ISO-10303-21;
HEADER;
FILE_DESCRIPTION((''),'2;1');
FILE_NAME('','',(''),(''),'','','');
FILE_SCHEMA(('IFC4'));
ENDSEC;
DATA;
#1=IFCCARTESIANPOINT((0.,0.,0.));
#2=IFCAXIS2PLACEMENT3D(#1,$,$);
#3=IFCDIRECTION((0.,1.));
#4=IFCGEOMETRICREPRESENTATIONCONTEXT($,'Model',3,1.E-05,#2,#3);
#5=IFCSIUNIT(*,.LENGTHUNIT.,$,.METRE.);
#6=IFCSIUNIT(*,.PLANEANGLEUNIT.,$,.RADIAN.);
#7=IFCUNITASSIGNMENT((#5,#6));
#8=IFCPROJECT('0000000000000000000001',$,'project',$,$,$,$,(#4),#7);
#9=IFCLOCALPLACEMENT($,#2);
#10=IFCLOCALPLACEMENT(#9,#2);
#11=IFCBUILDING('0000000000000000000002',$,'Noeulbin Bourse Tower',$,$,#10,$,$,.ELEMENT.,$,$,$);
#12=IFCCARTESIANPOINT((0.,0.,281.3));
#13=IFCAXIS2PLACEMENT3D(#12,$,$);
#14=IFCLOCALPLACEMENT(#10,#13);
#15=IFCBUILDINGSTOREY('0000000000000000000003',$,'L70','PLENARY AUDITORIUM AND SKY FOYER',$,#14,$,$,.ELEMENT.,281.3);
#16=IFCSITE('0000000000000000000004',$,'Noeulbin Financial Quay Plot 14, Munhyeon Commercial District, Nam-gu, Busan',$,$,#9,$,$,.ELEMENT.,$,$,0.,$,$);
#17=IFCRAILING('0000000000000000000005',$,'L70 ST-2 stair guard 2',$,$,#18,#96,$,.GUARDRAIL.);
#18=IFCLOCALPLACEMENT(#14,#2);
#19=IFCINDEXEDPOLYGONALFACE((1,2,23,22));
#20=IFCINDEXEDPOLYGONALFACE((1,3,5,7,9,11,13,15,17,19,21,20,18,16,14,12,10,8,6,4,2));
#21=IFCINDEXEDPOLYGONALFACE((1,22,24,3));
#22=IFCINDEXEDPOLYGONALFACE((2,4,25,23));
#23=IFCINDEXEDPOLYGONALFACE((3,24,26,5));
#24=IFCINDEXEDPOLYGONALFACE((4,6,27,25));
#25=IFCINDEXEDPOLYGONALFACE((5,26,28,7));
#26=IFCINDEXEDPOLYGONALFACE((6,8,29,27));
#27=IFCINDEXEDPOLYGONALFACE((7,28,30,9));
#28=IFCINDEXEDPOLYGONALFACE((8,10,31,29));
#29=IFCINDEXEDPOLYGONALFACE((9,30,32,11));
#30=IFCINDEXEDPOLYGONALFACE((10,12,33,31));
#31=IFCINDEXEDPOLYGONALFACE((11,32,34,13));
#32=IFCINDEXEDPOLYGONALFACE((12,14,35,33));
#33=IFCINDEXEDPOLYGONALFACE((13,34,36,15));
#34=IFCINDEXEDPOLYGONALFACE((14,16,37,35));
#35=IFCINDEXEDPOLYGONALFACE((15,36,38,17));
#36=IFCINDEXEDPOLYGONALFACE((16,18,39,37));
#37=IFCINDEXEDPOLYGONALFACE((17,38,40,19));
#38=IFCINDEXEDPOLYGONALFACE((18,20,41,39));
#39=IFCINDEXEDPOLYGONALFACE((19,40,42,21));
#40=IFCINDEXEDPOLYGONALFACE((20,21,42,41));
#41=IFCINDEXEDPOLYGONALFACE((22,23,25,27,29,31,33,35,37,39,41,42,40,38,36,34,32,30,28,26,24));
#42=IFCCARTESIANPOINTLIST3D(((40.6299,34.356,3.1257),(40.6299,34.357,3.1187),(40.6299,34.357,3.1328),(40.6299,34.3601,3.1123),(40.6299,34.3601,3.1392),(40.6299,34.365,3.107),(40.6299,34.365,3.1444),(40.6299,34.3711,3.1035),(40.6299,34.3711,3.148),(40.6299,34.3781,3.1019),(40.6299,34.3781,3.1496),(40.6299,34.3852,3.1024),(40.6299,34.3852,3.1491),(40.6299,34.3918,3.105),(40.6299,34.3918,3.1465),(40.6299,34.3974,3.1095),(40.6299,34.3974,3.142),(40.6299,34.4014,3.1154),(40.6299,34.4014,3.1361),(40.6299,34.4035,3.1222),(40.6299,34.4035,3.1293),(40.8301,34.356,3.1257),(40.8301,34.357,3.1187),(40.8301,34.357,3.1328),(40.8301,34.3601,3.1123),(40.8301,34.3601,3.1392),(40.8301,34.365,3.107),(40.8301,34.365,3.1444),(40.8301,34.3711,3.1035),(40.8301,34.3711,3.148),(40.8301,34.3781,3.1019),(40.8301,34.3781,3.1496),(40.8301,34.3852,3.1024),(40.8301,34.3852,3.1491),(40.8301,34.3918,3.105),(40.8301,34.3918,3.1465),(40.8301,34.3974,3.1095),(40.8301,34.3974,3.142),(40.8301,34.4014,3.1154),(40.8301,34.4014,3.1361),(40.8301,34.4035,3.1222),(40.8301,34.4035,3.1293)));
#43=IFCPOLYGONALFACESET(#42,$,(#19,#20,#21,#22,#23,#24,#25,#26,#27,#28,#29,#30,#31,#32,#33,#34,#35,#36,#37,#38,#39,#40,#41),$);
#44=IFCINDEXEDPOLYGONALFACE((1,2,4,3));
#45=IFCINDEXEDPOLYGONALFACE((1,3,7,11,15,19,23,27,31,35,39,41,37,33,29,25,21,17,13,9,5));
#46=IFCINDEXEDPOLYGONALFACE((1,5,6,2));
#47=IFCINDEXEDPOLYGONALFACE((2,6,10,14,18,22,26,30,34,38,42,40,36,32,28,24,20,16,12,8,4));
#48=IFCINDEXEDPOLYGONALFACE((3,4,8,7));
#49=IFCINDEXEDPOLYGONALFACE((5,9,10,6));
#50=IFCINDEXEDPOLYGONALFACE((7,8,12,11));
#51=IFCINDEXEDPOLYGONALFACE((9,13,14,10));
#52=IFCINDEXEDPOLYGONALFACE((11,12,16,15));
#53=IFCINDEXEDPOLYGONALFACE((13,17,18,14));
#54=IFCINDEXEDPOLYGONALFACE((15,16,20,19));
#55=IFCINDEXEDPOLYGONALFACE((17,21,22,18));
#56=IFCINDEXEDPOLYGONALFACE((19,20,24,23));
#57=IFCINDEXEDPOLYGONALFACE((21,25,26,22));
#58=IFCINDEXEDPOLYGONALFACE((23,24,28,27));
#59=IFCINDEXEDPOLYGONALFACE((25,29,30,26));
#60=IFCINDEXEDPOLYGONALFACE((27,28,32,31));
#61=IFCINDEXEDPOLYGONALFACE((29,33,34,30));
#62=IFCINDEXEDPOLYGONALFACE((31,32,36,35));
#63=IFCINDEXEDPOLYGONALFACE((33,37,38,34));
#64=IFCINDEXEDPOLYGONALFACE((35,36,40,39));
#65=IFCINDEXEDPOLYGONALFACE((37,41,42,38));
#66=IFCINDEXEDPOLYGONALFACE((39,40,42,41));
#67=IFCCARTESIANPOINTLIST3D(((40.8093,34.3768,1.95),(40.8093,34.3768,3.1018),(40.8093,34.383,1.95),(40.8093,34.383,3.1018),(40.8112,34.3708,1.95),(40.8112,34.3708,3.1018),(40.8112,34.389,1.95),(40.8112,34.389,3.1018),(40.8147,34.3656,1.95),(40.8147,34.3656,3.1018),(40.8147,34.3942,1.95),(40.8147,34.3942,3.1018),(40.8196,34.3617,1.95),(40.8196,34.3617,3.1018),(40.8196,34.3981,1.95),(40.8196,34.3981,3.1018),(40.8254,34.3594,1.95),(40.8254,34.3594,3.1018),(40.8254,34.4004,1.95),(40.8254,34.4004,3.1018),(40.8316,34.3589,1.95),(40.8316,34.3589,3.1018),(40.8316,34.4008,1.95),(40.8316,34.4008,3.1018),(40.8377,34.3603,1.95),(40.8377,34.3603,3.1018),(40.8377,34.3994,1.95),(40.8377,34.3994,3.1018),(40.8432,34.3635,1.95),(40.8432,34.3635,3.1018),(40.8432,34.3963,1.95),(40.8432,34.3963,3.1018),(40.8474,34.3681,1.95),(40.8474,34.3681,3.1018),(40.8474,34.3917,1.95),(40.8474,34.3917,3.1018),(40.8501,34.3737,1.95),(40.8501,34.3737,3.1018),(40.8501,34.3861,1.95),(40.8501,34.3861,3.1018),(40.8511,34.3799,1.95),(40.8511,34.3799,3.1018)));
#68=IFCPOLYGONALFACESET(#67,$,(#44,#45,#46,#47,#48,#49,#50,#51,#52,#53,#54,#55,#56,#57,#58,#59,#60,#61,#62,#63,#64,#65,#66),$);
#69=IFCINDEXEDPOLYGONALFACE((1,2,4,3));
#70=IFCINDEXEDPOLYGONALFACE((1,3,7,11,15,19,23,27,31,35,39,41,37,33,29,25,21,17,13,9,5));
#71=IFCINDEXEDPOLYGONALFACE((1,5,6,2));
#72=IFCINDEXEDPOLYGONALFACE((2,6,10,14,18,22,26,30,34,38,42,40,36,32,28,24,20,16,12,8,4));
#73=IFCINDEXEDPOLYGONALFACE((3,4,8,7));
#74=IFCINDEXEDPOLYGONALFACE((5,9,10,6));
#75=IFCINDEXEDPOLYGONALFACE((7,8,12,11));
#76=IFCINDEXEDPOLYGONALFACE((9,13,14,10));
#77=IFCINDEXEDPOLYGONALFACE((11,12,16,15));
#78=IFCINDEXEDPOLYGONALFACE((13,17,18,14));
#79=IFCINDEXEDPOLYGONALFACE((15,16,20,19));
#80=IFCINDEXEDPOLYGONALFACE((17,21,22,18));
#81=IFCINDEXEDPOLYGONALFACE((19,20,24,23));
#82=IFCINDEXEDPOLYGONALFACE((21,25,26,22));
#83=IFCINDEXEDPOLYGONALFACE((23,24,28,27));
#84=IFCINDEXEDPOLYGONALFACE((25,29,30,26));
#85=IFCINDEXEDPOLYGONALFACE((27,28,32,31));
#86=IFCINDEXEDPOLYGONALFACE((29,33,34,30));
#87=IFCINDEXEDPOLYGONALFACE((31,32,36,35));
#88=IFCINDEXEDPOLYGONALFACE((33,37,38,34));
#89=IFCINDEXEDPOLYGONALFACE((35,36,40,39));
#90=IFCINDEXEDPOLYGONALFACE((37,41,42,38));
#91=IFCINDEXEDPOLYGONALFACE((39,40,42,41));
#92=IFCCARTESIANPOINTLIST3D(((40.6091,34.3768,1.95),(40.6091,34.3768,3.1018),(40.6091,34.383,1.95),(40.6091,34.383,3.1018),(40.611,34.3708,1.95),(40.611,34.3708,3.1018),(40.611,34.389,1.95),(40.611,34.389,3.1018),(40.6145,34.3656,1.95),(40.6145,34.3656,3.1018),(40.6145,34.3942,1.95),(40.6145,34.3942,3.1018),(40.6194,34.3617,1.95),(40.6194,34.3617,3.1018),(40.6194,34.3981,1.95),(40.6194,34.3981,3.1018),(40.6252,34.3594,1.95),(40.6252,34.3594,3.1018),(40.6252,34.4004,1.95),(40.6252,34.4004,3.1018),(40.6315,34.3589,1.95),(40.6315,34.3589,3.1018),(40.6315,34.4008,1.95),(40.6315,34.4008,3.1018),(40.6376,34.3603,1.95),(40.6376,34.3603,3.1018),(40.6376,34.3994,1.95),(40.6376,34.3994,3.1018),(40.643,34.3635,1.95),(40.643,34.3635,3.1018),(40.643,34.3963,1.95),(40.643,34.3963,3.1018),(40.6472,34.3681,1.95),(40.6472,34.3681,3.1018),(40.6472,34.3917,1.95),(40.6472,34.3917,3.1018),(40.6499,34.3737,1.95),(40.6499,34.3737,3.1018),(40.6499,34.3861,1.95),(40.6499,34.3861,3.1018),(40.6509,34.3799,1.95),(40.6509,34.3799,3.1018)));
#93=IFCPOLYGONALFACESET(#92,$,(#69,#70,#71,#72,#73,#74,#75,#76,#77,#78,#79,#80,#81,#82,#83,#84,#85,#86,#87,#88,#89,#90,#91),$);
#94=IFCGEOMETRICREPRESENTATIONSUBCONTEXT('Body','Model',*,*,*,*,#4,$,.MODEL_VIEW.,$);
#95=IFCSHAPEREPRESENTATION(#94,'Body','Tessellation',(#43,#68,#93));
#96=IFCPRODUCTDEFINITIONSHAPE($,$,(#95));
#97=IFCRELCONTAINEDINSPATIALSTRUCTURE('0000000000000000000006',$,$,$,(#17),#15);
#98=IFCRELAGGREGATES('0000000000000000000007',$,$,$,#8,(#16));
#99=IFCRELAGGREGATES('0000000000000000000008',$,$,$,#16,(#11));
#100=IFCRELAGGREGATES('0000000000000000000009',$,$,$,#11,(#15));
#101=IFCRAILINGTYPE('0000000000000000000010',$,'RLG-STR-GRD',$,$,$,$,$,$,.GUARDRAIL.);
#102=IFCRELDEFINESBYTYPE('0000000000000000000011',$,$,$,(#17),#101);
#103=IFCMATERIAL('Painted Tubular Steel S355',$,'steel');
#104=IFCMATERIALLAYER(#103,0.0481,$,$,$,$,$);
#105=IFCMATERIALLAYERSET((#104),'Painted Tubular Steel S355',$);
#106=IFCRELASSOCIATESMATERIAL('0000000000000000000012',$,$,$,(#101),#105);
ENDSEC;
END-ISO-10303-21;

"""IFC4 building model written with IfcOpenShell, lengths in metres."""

from ifc_helpers import new_model, si_unit, direction, frame, origin, origin_2d, place, context, subcontext, project, spatial, circle, extrude, material, layer, layer_set, type_object, element, save


model = new_model("IFC4")

# Units and contexts
model_context = context("Model", 3, precision=1e-05, world=origin(), true_north=direction((0.0, 1.0)))
body_context = subcontext(model_context, "Body", "Model", "MODEL_VIEW")
ifc_project = project(units=[si_unit("LENGTHUNIT", "METRE"), si_unit("PLANEANGLEUNIT", "RADIAN")], contexts=[model_context])

# Site, building, storey
site_placement = place(None, origin())
site = spatial("IfcSite", under=ifc_project, at=site_placement, Name="Noeulbin Financial Quay Plot 14, Munhyeon Commercial District, Nam-gu, Busan", CompositionType="ELEMENT", RefElevation=0.0)
building_placement = place(site_placement, origin())
building = spatial("IfcBuilding", under=site, at=building_placement, Name="Noeulbin Bourse Tower", CompositionType="ELEMENT")
storey_placement = place(building_placement, frame((0.0, 0.0, 281.3)))
storey = spatial("IfcBuildingStorey", under=building, at=storey_placement, Name="L70", Description="PLENARY AUDITORIUM AND SKY FOYER", CompositionType="ELEMENT", Elevation=281.3)

# Railing
ifc_material_1 = material(Name="Painted Tubular Steel S355", Category="steel")
ifc_layer_1 = layer(ifc_material_1, 0.0481)
ifc_layer_set_1 = layer_set([ifc_layer_1], Name="Painted Tubular Steel S355")
railing_type_1 = type_object("IfcRailingType", Name="RLG-STR-GRD", PredefinedType="GUARDRAIL", material=ifc_layer_set_1)
railing_1_placement = place(storey_placement, frame((40.8301, 34.3799, 1.95)))
element("IfcRailing", 1, at=railing_1_placement, inside=storey, type_object=railing_type_1, Name="L70 ST-2 stair guard 2", PredefinedType="GUARDRAIL", context=body_context, shape_type="SweptSolid", body=[
    extrude(circle(Radius=0.0239, at=origin_2d()), frame((0.0, 0.0, 1.1758), z_axis=(-1.0, 0.0, 0.0), x_axis=(0.0, -1.0, 0.0)), (0.0, 0.0, 1.0), 0.2002),
    extrude(circle(Radius=0.021, at=origin_2d()), origin(), (0.0, 0.0, 1.0), 1.1519),
    extrude(circle(Radius=0.021, at=origin_2d()), frame((-0.2002, 0.0, 0.0)), (0.0, 0.0, 1.0), 1.1519),
])

save(model, "model.ifc")
